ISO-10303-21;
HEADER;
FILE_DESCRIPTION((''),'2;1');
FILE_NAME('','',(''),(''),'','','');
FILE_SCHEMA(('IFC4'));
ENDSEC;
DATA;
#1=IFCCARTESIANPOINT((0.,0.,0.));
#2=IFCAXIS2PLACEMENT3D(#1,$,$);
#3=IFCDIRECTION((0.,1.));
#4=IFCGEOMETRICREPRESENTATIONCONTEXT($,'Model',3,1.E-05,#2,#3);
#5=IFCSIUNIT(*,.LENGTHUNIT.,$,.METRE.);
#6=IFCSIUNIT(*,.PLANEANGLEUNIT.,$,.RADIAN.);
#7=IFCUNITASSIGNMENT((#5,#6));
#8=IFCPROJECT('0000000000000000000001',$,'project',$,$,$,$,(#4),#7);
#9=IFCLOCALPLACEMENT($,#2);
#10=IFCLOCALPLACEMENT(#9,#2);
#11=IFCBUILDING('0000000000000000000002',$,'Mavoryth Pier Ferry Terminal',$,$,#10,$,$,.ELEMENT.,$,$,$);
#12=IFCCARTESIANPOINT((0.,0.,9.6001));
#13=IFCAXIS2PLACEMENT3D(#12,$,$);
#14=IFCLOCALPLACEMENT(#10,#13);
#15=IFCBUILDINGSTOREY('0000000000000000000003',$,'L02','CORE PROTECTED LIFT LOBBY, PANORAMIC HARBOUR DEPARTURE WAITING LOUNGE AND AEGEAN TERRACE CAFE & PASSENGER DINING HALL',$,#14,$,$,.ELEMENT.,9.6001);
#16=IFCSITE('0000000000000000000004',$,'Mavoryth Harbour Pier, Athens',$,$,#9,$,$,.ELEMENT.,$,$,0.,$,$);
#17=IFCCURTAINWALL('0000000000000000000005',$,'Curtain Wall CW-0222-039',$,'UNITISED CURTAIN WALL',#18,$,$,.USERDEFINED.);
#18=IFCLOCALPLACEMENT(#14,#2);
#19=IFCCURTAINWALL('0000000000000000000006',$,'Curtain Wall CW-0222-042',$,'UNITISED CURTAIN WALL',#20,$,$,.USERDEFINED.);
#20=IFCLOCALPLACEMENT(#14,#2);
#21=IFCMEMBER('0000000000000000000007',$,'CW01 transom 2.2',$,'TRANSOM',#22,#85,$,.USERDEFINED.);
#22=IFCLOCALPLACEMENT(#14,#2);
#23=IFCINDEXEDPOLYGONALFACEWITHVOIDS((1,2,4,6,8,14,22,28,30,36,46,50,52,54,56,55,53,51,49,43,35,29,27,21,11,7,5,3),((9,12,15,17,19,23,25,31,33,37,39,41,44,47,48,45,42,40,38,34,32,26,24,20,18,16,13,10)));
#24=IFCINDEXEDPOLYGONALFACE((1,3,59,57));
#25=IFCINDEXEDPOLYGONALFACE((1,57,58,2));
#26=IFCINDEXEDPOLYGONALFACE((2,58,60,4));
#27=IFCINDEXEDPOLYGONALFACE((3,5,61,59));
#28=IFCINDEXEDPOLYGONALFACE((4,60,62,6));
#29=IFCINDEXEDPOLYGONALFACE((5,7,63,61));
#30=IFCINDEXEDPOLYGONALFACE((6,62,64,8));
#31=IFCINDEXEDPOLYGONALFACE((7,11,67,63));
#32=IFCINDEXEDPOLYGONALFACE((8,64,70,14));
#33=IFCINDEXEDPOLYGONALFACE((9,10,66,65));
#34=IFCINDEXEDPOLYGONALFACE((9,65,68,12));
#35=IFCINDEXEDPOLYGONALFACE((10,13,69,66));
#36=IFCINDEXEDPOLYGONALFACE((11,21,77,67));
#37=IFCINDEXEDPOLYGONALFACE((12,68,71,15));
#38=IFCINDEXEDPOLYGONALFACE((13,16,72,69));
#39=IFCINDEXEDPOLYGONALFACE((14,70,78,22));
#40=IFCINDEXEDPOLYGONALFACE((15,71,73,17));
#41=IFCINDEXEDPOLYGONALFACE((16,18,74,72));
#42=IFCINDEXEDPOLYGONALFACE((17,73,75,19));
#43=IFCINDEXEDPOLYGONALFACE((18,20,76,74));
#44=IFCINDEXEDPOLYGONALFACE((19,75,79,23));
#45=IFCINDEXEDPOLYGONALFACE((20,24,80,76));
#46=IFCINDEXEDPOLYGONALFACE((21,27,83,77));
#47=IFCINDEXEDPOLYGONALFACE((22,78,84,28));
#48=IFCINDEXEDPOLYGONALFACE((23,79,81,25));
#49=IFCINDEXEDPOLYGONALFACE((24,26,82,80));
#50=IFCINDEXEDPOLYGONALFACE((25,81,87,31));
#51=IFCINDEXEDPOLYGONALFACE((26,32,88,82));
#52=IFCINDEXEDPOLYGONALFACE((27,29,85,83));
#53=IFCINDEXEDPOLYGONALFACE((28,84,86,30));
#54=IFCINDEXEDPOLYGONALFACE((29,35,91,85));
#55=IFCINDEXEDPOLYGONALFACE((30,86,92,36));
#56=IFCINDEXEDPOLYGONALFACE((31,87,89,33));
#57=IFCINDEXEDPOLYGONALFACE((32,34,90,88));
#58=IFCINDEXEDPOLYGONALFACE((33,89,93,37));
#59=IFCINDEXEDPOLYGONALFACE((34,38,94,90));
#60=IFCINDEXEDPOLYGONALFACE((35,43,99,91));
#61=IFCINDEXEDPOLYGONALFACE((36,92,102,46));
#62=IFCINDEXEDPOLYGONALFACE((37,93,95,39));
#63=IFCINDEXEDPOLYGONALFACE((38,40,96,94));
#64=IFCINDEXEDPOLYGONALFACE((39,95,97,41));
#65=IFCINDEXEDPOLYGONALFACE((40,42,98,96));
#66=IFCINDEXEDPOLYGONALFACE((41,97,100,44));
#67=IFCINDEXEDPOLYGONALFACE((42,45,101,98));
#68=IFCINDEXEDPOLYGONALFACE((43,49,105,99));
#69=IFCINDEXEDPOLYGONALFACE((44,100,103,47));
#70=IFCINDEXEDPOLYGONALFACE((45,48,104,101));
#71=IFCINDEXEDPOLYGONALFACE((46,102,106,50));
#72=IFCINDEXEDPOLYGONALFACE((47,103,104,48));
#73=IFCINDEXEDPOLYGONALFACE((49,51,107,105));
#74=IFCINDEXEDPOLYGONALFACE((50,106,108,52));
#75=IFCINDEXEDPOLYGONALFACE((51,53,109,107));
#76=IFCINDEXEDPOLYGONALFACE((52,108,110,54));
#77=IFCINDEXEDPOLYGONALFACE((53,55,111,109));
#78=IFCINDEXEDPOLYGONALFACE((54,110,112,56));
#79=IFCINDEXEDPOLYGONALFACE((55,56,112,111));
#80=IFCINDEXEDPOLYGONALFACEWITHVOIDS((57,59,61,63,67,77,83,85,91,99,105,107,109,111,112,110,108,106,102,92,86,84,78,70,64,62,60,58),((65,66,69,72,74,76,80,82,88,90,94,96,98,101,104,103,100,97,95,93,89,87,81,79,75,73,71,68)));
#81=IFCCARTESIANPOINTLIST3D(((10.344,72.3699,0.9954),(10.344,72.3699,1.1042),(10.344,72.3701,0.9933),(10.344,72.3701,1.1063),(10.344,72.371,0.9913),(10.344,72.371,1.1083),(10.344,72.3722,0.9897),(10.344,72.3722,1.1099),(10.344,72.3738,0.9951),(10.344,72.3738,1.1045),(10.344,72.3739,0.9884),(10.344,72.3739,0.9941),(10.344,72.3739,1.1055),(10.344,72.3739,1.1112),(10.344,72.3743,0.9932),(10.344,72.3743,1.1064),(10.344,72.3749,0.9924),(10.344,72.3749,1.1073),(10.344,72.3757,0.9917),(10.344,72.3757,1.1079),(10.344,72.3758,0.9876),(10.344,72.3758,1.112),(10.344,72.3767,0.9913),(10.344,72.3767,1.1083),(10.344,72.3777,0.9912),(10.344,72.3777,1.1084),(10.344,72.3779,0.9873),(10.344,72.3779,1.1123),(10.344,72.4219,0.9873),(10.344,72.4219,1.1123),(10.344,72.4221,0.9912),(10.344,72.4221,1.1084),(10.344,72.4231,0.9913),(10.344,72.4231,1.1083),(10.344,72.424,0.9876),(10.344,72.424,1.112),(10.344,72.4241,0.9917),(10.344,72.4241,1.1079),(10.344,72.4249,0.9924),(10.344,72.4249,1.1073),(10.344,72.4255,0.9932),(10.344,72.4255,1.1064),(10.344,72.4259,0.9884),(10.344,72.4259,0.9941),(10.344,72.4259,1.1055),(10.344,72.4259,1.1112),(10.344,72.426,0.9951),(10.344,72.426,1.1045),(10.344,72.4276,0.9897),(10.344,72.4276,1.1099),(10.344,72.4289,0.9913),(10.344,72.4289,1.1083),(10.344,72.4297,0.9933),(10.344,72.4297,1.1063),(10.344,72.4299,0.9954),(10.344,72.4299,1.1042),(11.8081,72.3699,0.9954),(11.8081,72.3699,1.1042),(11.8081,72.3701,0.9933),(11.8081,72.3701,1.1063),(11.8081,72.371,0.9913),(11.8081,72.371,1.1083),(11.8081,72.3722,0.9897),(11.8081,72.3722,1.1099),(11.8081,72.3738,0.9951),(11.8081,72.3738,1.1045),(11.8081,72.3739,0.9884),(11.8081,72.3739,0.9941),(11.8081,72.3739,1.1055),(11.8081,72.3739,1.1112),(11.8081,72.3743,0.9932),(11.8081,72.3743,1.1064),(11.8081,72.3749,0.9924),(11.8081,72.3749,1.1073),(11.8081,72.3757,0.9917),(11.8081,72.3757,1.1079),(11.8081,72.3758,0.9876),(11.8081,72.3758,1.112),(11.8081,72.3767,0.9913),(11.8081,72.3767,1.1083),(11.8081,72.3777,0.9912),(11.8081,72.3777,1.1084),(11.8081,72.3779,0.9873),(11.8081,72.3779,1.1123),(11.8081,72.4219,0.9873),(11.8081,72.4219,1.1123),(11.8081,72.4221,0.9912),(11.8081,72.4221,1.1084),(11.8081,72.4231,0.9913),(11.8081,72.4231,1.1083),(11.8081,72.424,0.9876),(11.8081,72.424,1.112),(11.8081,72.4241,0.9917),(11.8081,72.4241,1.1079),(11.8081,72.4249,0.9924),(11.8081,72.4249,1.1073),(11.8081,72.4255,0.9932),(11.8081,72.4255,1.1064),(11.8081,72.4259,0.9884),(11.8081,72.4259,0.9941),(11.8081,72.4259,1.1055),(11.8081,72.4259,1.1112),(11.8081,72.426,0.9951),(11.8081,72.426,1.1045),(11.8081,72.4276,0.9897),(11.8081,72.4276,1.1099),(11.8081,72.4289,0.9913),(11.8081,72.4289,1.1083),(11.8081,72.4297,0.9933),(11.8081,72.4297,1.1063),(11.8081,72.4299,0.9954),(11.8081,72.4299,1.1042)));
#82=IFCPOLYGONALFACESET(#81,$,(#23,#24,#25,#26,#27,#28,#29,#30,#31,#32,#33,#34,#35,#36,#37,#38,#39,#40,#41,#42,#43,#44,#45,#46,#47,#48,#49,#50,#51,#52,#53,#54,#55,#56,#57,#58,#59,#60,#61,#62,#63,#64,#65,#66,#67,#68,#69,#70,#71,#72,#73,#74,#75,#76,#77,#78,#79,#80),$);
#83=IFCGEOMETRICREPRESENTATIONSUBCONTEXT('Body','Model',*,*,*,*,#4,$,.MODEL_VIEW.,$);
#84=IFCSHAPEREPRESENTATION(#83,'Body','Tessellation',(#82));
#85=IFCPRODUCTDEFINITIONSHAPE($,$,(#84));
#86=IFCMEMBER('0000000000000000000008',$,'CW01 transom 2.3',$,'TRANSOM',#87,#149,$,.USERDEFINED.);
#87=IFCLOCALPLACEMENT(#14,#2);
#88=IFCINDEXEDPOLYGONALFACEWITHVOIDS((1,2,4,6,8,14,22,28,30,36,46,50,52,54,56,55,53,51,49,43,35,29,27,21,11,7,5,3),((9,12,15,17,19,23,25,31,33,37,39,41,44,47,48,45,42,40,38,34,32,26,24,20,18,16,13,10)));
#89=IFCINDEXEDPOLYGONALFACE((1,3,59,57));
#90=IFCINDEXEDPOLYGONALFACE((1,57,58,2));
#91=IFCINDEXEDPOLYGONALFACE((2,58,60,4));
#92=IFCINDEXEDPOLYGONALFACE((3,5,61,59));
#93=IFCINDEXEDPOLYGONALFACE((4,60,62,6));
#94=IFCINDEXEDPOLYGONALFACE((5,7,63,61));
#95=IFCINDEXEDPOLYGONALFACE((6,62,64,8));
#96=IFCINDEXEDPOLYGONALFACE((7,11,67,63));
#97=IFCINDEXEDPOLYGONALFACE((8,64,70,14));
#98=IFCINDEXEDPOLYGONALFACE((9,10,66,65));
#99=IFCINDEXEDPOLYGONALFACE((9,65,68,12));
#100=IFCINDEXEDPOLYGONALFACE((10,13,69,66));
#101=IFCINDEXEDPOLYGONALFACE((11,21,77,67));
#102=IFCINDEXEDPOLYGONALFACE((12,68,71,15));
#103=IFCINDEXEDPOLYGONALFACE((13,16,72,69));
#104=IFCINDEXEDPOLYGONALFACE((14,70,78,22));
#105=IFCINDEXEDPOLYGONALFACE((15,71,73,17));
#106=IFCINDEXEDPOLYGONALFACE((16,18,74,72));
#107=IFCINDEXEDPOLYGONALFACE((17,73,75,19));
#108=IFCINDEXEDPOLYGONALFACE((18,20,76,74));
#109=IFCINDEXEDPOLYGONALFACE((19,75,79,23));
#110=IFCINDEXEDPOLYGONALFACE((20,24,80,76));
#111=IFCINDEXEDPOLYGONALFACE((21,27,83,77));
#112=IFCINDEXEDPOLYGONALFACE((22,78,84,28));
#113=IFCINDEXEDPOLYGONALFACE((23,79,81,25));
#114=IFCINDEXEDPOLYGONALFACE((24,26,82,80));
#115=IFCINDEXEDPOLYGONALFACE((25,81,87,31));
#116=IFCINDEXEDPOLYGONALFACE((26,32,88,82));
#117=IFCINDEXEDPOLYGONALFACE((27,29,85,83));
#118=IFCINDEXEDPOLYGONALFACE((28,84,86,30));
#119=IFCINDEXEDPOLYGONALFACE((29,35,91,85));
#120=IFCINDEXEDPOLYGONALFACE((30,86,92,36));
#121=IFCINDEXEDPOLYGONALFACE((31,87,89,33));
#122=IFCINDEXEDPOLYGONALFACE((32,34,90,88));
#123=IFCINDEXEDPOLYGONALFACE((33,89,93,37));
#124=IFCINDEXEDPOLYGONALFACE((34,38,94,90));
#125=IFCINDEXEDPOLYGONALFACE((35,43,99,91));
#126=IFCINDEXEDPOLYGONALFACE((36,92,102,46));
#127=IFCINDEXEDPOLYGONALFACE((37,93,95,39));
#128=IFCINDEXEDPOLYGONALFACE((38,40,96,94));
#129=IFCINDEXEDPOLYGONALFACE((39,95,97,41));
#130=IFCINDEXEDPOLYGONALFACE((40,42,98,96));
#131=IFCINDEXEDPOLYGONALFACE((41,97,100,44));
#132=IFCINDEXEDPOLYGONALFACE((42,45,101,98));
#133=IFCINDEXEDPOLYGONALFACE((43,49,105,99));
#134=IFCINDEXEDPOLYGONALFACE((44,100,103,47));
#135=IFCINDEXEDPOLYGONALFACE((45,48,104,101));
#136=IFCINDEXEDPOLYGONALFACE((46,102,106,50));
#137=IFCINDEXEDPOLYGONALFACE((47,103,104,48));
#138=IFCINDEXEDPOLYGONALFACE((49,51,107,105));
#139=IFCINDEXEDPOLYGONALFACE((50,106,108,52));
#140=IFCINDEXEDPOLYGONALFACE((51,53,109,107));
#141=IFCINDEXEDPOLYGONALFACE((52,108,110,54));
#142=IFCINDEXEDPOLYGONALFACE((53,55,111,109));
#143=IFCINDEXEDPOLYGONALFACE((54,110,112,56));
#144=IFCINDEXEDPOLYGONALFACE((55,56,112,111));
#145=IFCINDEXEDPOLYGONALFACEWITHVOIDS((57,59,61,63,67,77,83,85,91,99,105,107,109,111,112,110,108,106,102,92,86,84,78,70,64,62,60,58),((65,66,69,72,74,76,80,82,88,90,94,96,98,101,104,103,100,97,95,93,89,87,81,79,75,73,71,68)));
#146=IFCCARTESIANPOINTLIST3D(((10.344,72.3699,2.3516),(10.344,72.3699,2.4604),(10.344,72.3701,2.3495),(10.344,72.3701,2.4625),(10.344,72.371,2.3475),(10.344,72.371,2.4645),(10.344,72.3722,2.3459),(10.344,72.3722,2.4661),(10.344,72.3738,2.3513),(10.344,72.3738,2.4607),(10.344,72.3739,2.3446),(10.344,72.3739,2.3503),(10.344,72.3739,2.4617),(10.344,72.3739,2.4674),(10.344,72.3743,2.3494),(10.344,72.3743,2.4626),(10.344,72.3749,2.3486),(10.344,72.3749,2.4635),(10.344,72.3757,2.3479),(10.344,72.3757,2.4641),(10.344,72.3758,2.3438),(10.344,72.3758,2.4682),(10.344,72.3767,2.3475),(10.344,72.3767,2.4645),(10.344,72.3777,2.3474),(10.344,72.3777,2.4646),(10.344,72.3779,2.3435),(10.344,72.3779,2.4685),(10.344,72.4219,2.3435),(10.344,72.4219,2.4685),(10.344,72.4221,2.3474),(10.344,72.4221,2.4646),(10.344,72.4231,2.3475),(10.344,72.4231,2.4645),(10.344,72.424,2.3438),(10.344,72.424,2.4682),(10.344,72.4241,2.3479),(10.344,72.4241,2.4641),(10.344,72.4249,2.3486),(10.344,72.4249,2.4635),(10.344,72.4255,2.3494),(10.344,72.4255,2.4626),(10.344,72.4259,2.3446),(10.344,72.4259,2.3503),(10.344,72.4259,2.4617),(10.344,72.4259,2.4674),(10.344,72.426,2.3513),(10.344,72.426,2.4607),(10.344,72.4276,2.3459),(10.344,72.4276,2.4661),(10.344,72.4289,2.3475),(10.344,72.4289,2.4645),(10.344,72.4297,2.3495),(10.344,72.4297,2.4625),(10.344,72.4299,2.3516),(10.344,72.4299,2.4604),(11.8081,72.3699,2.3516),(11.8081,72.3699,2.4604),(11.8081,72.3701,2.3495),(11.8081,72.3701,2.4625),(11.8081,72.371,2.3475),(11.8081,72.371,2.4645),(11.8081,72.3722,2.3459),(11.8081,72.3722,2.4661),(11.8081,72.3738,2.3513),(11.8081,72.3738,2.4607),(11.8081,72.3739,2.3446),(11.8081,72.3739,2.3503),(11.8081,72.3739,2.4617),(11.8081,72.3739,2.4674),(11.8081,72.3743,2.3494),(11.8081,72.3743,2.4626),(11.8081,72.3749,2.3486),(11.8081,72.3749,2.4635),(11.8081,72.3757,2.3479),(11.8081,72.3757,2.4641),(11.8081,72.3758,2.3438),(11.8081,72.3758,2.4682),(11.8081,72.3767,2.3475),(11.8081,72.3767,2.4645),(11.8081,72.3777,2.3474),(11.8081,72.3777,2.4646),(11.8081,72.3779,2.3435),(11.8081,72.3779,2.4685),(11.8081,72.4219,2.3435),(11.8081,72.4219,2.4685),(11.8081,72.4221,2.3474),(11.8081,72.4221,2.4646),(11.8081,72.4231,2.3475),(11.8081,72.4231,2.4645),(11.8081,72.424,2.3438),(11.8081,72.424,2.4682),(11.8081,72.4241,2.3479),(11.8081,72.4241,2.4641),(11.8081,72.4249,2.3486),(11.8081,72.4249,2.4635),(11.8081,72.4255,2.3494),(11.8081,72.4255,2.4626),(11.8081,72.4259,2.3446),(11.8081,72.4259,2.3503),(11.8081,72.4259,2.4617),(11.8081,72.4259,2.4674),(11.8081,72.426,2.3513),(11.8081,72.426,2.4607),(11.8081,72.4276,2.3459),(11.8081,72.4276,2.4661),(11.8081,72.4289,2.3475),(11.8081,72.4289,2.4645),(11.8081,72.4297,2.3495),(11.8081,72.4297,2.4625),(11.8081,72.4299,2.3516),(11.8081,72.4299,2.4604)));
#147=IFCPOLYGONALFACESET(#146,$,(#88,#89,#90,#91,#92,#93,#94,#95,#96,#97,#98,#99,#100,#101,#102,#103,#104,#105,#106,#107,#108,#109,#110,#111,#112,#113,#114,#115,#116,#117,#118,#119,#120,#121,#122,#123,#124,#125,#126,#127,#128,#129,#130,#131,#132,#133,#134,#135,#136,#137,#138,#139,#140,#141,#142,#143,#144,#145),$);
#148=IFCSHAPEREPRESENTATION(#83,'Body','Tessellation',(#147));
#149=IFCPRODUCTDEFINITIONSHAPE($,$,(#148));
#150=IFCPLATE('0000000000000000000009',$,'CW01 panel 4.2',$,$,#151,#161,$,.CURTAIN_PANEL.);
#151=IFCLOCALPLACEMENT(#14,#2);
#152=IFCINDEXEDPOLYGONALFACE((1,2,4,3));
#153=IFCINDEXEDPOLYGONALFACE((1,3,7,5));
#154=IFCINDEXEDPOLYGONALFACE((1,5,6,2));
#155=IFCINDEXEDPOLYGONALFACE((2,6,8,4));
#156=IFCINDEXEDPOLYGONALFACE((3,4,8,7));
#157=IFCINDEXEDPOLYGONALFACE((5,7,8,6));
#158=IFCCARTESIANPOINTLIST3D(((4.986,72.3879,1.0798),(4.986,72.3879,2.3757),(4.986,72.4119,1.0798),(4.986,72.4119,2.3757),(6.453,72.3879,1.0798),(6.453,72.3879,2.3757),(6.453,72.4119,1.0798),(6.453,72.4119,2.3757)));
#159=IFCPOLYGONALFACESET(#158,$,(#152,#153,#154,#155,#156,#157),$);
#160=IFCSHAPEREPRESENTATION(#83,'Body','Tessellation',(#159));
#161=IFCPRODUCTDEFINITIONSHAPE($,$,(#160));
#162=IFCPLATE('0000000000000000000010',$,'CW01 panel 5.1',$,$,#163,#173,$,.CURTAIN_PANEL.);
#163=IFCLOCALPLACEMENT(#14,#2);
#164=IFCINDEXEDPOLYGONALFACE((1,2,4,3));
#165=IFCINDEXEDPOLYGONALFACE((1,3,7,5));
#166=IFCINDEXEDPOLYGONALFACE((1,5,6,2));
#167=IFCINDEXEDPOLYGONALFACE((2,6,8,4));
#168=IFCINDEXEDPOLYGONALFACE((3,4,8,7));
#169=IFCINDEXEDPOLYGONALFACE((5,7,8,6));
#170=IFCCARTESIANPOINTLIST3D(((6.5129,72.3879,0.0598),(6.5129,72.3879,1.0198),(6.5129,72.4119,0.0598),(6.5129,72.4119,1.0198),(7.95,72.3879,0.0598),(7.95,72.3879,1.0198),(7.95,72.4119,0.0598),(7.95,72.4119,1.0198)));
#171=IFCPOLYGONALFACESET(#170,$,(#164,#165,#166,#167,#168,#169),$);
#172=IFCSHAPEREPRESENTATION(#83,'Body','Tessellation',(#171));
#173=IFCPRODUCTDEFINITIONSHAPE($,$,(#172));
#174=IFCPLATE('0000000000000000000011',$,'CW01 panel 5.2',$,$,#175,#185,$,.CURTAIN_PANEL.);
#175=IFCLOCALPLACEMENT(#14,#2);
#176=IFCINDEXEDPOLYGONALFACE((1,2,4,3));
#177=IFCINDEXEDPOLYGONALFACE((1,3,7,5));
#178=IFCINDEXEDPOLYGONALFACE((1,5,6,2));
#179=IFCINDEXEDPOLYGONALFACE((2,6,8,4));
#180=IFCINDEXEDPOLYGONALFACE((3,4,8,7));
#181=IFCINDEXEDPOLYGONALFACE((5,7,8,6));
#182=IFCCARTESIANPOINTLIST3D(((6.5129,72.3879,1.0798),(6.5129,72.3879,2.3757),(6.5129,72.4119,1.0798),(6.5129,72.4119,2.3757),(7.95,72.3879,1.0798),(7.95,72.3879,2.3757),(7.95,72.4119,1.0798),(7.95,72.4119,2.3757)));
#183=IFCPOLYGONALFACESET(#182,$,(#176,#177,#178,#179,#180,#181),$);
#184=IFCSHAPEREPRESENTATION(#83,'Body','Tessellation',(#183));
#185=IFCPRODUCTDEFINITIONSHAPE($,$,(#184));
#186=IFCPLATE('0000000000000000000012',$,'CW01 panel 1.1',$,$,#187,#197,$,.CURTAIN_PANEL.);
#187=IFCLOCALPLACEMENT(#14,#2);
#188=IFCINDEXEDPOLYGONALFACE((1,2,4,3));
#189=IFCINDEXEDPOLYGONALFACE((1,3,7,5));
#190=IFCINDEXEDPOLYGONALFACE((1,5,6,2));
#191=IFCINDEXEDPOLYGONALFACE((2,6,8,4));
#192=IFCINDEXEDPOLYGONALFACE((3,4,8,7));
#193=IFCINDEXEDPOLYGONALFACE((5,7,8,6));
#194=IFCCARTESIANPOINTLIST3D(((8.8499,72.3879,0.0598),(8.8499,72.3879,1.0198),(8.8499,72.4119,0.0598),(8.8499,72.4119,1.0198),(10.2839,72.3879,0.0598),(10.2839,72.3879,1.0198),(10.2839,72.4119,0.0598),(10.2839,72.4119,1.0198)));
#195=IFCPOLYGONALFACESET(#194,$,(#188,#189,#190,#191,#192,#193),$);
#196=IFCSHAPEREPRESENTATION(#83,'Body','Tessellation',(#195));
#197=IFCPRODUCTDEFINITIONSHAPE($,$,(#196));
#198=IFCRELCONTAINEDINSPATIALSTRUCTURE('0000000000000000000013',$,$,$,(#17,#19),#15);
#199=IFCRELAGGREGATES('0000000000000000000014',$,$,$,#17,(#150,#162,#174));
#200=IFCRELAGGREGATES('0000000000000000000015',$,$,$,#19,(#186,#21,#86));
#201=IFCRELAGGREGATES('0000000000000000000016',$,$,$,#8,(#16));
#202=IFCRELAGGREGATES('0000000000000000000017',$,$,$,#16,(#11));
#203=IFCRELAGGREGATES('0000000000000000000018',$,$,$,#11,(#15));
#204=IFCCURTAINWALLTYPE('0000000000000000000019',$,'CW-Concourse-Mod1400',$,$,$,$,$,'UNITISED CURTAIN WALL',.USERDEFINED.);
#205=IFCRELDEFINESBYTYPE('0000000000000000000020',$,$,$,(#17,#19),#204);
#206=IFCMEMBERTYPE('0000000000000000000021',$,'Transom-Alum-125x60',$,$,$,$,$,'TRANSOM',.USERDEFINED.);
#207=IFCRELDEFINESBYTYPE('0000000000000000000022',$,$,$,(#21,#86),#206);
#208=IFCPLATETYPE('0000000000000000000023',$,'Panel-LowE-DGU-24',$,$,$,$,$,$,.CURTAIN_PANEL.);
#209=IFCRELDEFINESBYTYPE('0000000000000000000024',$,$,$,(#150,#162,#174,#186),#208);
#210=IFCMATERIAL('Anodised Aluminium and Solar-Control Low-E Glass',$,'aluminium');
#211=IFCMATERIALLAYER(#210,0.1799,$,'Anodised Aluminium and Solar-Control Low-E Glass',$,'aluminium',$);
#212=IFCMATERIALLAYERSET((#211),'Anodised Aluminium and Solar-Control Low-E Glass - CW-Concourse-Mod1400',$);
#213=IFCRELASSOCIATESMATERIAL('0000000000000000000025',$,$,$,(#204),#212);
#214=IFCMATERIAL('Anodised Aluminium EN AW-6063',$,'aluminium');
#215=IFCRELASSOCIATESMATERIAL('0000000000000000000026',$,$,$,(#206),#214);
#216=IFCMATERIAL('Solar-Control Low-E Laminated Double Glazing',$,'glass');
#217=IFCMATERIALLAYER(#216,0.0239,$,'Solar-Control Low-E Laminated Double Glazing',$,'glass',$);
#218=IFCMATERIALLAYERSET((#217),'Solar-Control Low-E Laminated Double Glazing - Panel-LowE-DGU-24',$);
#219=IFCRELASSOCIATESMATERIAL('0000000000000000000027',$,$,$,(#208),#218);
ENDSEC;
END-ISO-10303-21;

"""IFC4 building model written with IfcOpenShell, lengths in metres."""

from ifc_helpers import new_model, si_unit, direction, frame, origin, origin_2d, place, context, subcontext, project, spatial, rectangle, hollow_rectangle, extrude, material, layer, layer_set, material_profile, profile_set, type_object, element, aggregate, save


model = new_model("IFC4")

# Units and contexts
model_context = context("Model", 3, precision=1e-05, world=origin(), true_north=direction((0.0, 1.0)))
body_context = subcontext(model_context, "Body", "Model", "MODEL_VIEW")
ifc_project = project(units=[si_unit("LENGTHUNIT", "METRE"), si_unit("PLANEANGLEUNIT", "RADIAN")], contexts=[model_context])

# Site, building, storey
site_placement = place(None, origin())
site = spatial("IfcSite", under=ifc_project, at=site_placement, Name="Mavoryth Harbour Pier, Athens", CompositionType="ELEMENT", RefElevation=0.0)
building_placement = place(site_placement, origin())
building = spatial("IfcBuilding", under=site, at=building_placement, Name="Mavoryth Pier Ferry Terminal", CompositionType="ELEMENT")
storey_placement = place(building_placement, frame((0.0, 0.0, 9.6001)))
storey = spatial("IfcBuildingStorey", under=building, at=storey_placement, Name="L02", Description="CORE PROTECTED LIFT LOBBY, PANORAMIC HARBOUR DEPARTURE WAITING LOUNGE AND AEGEAN TERRACE CAFE & PASSENGER DINING HALL", CompositionType="ELEMENT", Elevation=9.6001)

# Curtain walls
ifc_material_1 = material(Name="Anodised Aluminium and Solar-Control Low-E Glass", Category="aluminium")
ifc_layer_1 = layer(ifc_material_1, 0.1799, Name="Anodised Aluminium and Solar-Control Low-E Glass", Category="aluminium")
ifc_layer_set_1 = layer_set([ifc_layer_1], Name="Anodised Aluminium and Solar-Control Low-E Glass - CW-Concourse-Mod1400")
curtain_wall_type = type_object("IfcCurtainWallType", Name="CW-Concourse-Mod1400", ElementType="UNITISED CURTAIN WALL", PredefinedType="USERDEFINED", material=ifc_layer_set_1)
curtain_wall_1_placement = place(storey_placement, origin())
curtain_wall_1 = element("IfcCurtainWall", 1, at=curtain_wall_1_placement, inside=storey, type_object=curtain_wall_type, Name="Curtain Wall CW-0222-039", ObjectType="UNITISED CURTAIN WALL", PredefinedType="USERDEFINED")
ifc_material_2 = material(Name="Anodised Aluminium EN AW-6063", Category="aluminium")
curtain_wall_2_placement = place(storey_placement, origin())
curtain_wall_2 = element("IfcCurtainWall", 2, at=curtain_wall_2_placement, inside=storey, type_object=curtain_wall_type, Name="Curtain Wall CW-0222-042", ObjectType="UNITISED CURTAIN WALL", PredefinedType="USERDEFINED")

# Members
ifc_material_profile_1 = material_profile(ifc_material_2, hollow_rectangle(XDim=0.0601, YDim=0.125, WallThickness=0.0039, InnerFilletRadius=0.0039, OuterFilletRadius=0.0081, at=origin_2d()), Name="AL-TRAN 125x60x4", Category="aluminium")
ifc_profile_set_1 = profile_set([ifc_material_profile_1], Name="Anodised Aluminium EN AW-6063 - AL-TRAN 125x60x4")
member_type_1 = type_object("IfcMemberType", Name="Transom-Alum-125x60", ElementType="TRANSOM", PredefinedType="USERDEFINED", material=ifc_profile_set_1)
member_1_placement = place(storey_placement, frame((10.344, 72.3999, 1.0498), z_axis=(1.0, 0.0, 0.0), x_axis=(0.0, 1.0, 0.0)))
member_1 = element("IfcMember", 3, at=member_1_placement, type_object=member_type_1, Name="CW01 transom 2.2", ObjectType="TRANSOM", PredefinedType="USERDEFINED", context=body_context, shape_type="SweptSolid", body=[
    extrude(hollow_rectangle(XDim=0.0601, YDim=0.125, WallThickness=0.0039, InnerFilletRadius=0.0039, OuterFilletRadius=0.0081, at=origin_2d()), origin(), (0.0, 0.0, 1.0), 1.4641),
])
member_2_placement = place(storey_placement, frame((10.344, 72.3999, 2.406), z_axis=(1.0, 0.0, 0.0), x_axis=(0.0, 1.0, 0.0)))
member_2 = element("IfcMember", 4, at=member_2_placement, type_object=member_type_1, Name="CW01 transom 2.3", ObjectType="TRANSOM", PredefinedType="USERDEFINED", context=body_context, shape_type="SweptSolid", body=[
    extrude(hollow_rectangle(XDim=0.0601, YDim=0.125, WallThickness=0.0039, InnerFilletRadius=0.0039, OuterFilletRadius=0.0081, at=origin_2d()), origin(), (0.0, 0.0, 1.0), 1.4641),
])

# Plates
ifc_material_3 = material(Name="Solar-Control Low-E Laminated Double Glazing", Category="glass")
ifc_layer_2 = layer(ifc_material_3, 0.0239, Name="Solar-Control Low-E Laminated Double Glazing", Category="glass")
ifc_layer_set_2 = layer_set([ifc_layer_2], Name="Solar-Control Low-E Laminated Double Glazing - Panel-LowE-DGU-24")
plate_type_1 = type_object("IfcPlateType", Name="Panel-LowE-DGU-24", PredefinedType="CURTAIN_PANEL", material=ifc_layer_set_2)
plate_1_placement = place(storey_placement, frame((5.7195, 72.3999, 1.0798), z_axis=(0.0, 0.0, 1.0), x_axis=(1.0, 0.0, 0.0)))
plate_1 = element("IfcPlate", 5, at=plate_1_placement, type_object=plate_type_1, Name="CW01 panel 4.2", PredefinedType="CURTAIN_PANEL", context=body_context, shape_type="SweptSolid", body=[
    extrude(rectangle(XDim=1.467, YDim=0.0239, at=origin_2d()), origin(), (0.0, 0.0, 1.0), 1.2959),
])
plate_2_placement = place(storey_placement, frame((7.2314, 72.3999, 0.0598), z_axis=(0.0, 0.0, 1.0), x_axis=(1.0, 0.0, 0.0)))
plate_2 = element("IfcPlate", 6, at=plate_2_placement, type_object=plate_type_1, Name="CW01 panel 5.1", PredefinedType="CURTAIN_PANEL", context=body_context, shape_type="SweptSolid", body=[
    extrude(rectangle(XDim=1.437, YDim=0.0239, at=origin_2d()), origin(), (0.0, 0.0, 1.0), 0.96),
])
plate_3_placement = place(storey_placement, frame((7.2314, 72.3999, 1.0798), z_axis=(0.0, 0.0, 1.0), x_axis=(1.0, 0.0, 0.0)))
plate_3 = element("IfcPlate", 7, at=plate_3_placement, type_object=plate_type_1, Name="CW01 panel 5.2", PredefinedType="CURTAIN_PANEL", context=body_context, shape_type="SweptSolid", body=[
    extrude(rectangle(XDim=1.437, YDim=0.0239, at=origin_2d()), origin(), (0.0, 0.0, 1.0), 1.2959),
])
aggregate(curtain_wall_1, [plate_1, plate_2, plate_3])
plate_4_placement = place(storey_placement, frame((9.5669, 72.3999, 0.0598), z_axis=(0.0, 0.0, 1.0), x_axis=(1.0, 0.0, 0.0)))
plate_4 = element("IfcPlate", 8, at=plate_4_placement, type_object=plate_type_1, Name="CW01 panel 1.1", PredefinedType="CURTAIN_PANEL", context=body_context, shape_type="SweptSolid", body=[
    extrude(rectangle(XDim=1.4341, YDim=0.0239, at=origin_2d()), origin(), (0.0, 0.0, 1.0), 0.96),
])
aggregate(curtain_wall_2, [plate_4, member_1, member_2])

save(model, "model.ifc")
